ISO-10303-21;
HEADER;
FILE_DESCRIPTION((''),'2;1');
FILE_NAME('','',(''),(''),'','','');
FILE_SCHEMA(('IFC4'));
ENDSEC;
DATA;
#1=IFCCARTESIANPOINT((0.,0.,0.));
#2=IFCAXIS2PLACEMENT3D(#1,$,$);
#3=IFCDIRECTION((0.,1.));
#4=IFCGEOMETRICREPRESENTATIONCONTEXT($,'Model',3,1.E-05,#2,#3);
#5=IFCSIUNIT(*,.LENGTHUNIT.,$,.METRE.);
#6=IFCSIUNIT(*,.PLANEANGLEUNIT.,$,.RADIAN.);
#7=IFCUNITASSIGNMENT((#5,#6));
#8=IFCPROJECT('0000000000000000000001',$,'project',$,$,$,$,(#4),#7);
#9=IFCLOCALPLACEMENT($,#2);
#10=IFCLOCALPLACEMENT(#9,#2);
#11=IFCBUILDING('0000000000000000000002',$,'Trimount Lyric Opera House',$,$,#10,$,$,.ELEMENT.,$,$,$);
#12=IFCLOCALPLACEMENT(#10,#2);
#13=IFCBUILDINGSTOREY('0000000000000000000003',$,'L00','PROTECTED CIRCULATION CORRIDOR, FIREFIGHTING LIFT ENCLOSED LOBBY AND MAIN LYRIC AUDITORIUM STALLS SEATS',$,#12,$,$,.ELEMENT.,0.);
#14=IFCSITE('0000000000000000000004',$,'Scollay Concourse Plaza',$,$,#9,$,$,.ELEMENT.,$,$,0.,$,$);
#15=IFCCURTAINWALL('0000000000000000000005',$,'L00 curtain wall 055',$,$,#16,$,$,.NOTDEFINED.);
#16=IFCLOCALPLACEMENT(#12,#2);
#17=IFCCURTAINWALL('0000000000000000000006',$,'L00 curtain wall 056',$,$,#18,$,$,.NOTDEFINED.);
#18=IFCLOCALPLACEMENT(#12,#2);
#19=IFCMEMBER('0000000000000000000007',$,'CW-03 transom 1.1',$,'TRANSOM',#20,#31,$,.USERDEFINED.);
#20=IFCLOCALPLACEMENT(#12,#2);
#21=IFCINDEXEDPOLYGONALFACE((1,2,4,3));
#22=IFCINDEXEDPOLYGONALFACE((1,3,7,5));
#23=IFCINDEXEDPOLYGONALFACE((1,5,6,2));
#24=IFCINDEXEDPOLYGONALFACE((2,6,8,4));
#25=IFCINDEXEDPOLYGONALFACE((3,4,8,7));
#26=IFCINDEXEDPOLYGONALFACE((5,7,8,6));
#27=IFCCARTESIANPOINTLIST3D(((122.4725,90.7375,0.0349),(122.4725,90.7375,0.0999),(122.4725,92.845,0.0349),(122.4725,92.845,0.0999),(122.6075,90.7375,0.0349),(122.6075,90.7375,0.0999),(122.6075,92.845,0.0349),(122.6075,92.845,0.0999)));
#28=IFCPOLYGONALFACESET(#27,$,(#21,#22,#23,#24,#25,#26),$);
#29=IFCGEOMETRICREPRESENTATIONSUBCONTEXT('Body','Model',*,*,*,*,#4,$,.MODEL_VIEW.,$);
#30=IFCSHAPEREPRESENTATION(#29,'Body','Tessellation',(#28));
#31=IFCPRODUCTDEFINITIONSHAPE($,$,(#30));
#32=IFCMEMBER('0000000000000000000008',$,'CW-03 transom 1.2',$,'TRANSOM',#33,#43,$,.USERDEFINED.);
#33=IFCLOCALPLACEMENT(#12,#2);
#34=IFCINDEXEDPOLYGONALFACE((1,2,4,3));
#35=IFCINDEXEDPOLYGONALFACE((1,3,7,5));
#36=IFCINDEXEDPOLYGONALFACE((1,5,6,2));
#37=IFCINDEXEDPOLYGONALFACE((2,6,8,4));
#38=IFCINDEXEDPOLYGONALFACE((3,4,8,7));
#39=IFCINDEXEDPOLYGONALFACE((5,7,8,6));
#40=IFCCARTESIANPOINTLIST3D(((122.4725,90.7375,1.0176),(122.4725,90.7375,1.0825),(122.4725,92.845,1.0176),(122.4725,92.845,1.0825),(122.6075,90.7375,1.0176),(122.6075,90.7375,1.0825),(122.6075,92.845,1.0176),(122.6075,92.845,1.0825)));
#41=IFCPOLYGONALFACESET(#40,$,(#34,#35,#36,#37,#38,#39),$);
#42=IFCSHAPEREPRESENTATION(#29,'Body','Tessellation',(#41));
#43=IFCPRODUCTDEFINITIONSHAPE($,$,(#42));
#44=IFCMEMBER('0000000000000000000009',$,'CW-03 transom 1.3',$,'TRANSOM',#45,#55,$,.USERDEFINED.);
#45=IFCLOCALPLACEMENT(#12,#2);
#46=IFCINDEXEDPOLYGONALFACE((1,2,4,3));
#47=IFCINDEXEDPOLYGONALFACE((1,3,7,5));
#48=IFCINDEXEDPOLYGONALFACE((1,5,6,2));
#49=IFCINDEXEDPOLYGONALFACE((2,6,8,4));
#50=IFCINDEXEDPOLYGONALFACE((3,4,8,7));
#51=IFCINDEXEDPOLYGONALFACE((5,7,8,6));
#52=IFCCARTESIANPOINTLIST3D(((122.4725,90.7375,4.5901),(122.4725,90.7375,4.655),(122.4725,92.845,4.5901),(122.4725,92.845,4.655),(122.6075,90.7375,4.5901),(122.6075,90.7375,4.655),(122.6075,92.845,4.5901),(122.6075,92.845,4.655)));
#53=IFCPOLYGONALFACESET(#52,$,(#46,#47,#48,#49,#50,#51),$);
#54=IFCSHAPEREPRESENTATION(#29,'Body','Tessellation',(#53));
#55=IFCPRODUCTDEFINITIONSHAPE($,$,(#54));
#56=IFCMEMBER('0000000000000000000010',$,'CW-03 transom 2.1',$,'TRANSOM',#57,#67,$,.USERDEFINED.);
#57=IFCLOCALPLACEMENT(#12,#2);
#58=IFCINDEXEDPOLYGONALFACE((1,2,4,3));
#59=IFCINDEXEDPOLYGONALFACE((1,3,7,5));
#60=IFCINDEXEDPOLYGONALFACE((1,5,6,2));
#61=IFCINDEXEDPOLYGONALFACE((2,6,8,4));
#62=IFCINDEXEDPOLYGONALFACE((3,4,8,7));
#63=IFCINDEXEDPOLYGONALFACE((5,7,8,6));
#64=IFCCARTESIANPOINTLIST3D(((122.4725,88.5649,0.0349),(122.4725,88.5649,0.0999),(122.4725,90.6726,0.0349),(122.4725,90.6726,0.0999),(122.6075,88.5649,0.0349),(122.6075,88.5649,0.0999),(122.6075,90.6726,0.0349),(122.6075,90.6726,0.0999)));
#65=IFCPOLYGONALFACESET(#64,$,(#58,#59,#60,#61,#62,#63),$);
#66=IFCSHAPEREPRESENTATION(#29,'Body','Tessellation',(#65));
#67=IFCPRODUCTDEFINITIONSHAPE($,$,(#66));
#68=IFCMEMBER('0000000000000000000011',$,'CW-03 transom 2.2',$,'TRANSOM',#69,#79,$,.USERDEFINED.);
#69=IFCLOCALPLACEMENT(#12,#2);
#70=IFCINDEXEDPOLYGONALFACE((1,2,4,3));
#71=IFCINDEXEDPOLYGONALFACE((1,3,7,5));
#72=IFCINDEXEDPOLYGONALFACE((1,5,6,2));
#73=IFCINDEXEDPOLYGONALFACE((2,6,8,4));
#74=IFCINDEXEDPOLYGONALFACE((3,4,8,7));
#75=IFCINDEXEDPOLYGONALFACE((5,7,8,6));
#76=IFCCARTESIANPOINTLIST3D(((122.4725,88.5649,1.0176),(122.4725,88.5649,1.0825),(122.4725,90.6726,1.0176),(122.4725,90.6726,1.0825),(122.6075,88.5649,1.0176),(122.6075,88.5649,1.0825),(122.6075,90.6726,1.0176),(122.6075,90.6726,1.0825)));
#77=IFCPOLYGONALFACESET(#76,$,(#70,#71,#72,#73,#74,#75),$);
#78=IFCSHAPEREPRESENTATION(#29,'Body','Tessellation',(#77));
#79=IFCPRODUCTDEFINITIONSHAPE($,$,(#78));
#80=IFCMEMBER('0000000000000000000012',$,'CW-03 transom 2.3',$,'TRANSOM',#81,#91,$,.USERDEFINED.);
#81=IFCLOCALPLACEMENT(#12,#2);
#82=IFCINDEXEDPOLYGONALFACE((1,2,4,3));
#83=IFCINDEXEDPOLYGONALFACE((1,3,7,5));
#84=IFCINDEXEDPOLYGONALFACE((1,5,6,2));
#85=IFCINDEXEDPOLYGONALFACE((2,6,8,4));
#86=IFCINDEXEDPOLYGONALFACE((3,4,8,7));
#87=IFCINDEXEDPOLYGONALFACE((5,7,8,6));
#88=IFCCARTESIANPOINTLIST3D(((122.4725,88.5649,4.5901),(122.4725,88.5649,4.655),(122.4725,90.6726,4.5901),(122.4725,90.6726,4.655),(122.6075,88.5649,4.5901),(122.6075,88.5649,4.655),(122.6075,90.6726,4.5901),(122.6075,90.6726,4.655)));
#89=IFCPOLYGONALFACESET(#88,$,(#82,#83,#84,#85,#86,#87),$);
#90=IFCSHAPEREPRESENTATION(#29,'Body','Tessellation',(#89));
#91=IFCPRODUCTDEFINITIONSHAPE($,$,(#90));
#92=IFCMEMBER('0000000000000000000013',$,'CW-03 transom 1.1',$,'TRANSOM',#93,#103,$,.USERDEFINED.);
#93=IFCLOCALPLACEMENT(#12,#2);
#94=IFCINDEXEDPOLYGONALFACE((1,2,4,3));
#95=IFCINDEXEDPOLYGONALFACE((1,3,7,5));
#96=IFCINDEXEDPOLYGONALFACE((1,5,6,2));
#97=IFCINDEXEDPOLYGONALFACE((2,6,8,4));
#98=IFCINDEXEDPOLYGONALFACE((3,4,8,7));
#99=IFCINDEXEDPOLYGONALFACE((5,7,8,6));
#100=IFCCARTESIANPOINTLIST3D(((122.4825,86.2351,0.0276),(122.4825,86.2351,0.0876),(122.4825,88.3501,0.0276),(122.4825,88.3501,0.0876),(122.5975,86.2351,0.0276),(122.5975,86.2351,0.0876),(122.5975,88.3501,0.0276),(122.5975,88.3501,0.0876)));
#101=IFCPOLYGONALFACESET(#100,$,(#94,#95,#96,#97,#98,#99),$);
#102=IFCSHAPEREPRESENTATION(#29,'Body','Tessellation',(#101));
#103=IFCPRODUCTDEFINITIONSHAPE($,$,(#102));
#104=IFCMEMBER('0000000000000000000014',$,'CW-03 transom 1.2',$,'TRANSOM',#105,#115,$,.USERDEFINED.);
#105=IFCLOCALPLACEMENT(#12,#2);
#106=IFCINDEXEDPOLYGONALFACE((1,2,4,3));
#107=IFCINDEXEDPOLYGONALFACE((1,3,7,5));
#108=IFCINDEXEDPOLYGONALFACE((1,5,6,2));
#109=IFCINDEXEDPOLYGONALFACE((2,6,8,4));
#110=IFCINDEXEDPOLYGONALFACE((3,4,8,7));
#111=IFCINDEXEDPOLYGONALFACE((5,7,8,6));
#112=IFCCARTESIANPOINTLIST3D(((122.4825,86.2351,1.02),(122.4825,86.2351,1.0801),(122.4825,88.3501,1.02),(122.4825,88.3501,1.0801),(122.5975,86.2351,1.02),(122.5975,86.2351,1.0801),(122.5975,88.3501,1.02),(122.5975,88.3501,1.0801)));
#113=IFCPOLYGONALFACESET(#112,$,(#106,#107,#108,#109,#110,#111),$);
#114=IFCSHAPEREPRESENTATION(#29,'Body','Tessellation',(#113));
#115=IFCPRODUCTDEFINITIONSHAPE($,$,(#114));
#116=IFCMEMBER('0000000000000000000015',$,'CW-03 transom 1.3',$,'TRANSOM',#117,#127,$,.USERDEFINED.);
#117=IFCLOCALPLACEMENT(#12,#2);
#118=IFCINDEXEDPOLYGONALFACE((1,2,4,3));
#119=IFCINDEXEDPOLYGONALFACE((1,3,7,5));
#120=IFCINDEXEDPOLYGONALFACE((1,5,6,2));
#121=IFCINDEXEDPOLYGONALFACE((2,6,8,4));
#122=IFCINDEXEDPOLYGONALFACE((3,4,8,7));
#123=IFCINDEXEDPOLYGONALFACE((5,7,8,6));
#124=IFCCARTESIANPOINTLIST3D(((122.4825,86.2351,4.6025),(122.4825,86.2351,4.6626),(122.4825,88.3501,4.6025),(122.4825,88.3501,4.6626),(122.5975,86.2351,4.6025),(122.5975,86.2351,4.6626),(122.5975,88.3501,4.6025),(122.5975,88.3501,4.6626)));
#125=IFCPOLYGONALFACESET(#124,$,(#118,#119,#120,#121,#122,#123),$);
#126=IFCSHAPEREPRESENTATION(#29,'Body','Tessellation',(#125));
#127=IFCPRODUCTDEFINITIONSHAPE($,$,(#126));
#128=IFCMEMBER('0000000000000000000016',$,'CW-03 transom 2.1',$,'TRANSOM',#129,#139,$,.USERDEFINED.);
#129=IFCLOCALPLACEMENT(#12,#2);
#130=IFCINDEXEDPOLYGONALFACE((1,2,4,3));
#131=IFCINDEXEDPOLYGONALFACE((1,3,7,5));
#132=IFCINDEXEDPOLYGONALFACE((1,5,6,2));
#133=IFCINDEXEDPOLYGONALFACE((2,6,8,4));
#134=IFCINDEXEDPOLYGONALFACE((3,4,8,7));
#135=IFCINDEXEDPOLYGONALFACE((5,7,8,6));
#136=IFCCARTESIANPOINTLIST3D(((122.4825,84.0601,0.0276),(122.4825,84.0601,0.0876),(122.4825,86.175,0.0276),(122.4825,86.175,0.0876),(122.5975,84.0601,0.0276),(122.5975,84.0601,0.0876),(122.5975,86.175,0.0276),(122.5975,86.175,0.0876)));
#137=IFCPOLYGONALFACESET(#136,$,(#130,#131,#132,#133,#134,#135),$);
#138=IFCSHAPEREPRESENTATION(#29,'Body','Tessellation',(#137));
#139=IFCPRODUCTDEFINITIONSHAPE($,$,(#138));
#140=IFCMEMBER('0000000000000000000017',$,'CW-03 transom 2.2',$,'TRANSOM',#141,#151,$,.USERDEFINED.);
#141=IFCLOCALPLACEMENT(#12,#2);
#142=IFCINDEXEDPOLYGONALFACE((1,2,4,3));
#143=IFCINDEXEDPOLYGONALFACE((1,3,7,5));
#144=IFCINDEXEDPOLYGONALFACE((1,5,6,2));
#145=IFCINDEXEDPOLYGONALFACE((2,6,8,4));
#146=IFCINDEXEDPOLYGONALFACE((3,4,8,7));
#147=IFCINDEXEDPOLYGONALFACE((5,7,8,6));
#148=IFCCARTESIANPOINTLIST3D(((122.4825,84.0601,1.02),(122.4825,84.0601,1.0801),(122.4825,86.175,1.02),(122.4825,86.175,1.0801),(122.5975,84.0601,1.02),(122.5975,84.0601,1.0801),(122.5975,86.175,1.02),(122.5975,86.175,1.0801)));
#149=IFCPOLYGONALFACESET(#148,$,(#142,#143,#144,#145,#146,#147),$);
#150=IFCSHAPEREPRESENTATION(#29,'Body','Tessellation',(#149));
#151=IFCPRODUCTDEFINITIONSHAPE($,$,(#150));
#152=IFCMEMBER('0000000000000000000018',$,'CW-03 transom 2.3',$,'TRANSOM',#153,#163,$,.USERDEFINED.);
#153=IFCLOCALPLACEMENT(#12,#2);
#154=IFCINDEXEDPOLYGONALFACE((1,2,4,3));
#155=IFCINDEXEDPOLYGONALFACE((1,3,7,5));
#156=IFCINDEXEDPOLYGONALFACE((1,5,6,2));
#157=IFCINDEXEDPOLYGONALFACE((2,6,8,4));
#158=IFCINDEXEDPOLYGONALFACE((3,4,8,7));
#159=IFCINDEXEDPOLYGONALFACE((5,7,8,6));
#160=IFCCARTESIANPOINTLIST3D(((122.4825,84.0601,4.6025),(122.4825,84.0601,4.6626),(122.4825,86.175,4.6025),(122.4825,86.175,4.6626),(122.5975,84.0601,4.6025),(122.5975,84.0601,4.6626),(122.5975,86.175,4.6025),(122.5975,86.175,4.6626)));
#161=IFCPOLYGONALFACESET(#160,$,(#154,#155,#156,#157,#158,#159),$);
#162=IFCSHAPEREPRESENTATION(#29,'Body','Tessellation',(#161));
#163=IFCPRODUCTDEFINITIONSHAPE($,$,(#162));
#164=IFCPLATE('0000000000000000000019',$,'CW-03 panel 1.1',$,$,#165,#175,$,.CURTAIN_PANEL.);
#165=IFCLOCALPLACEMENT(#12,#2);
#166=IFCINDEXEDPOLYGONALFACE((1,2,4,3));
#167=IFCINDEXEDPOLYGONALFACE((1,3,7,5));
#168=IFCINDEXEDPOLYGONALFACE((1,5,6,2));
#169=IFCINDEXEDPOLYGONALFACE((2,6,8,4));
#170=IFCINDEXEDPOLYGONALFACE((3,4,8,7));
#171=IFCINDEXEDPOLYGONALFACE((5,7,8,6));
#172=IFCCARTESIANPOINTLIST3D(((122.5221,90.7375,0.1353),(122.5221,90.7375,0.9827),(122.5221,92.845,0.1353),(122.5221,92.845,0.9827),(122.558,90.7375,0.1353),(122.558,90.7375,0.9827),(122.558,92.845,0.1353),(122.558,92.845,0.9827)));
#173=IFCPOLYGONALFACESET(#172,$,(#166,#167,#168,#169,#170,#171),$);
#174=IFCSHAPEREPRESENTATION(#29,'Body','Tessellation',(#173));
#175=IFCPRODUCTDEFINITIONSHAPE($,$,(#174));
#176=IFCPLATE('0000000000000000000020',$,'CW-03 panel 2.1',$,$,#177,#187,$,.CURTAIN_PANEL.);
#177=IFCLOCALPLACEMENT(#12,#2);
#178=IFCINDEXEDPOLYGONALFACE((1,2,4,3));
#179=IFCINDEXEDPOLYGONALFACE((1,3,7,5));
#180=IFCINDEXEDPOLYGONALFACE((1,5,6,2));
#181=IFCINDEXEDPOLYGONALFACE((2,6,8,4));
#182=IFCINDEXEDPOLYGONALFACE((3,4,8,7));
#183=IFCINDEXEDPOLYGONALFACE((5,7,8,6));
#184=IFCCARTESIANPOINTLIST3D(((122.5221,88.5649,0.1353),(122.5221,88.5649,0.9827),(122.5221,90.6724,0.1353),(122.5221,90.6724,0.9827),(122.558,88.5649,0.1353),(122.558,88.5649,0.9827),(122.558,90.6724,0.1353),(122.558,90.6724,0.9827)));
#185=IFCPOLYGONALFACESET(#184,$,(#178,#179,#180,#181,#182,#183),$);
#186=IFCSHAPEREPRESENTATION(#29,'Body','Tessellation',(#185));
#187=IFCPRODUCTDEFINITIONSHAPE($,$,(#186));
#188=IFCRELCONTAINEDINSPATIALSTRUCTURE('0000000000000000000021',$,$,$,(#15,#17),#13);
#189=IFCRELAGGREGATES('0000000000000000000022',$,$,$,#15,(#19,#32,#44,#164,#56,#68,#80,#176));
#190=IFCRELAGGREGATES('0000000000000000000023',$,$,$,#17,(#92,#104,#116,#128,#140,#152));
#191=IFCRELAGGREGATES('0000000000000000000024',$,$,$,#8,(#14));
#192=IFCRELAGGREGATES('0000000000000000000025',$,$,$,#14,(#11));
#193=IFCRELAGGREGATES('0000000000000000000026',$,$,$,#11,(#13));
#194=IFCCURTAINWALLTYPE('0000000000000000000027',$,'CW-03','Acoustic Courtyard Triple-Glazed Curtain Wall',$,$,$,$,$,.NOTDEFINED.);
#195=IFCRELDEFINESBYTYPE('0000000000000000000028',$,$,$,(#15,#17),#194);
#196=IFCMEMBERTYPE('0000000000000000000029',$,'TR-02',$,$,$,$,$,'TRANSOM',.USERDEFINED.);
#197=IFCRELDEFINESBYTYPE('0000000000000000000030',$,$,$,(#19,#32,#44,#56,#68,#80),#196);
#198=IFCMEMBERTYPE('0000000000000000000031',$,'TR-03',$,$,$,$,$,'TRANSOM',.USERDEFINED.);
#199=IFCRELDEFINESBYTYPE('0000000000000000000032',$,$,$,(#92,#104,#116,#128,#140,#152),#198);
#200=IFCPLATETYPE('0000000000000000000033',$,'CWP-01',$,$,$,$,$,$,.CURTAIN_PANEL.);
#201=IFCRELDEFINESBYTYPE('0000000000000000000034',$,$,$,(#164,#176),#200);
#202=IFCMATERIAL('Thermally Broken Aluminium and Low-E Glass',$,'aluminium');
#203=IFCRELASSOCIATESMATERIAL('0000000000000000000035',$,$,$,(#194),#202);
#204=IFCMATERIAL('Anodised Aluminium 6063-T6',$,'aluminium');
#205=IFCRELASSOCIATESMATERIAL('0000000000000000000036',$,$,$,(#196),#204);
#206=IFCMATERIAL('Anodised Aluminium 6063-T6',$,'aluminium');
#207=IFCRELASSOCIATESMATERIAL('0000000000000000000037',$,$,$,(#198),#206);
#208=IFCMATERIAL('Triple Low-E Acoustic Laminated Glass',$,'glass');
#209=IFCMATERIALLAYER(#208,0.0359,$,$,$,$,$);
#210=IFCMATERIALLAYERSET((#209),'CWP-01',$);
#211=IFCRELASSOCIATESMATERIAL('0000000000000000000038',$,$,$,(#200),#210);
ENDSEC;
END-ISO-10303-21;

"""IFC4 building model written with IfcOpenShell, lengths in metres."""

from ifc_helpers import new_model, si_unit, direction, frame, origin, origin_2d, place, context, subcontext, project, spatial, rectangle, extrude, material, layer, layer_set, material_profile, profile_set, type_object, element, aggregate, save


model = new_model("IFC4")

# Units and contexts
model_context = context("Model", 3, precision=1e-05, world=origin(), true_north=direction((0.0, 1.0)))
body_context = subcontext(model_context, "Body", "Model", "MODEL_VIEW")
ifc_project = project(units=[si_unit("LENGTHUNIT", "METRE"), si_unit("PLANEANGLEUNIT", "RADIAN")], contexts=[model_context])

# Site, building, storey
site_placement = place(None, origin())
site = spatial("IfcSite", under=ifc_project, at=site_placement, Name="Scollay Concourse Plaza", CompositionType="ELEMENT", RefElevation=0.0)
building_placement = place(site_placement, origin())
building = spatial("IfcBuilding", under=site, at=building_placement, Name="Trimount Lyric Opera House", CompositionType="ELEMENT")
storey_placement = place(building_placement, origin())
storey = spatial("IfcBuildingStorey", under=building, at=storey_placement, Name="L00", Description="PROTECTED CIRCULATION CORRIDOR, FIREFIGHTING LIFT ENCLOSED LOBBY AND MAIN LYRIC AUDITORIUM STALLS SEATS", CompositionType="ELEMENT", Elevation=0.0)

# Curtain walls
ifc_material_1 = material(Name="Thermally Broken Aluminium and Low-E Glass", Category="aluminium")
curtain_wall_type = type_object("IfcCurtainWallType", Name="CW-03", Description="Acoustic Courtyard Triple-Glazed Curtain Wall", PredefinedType="NOTDEFINED", material=ifc_material_1)
curtain_wall_1_placement = place(storey_placement, origin())
curtain_wall_1 = element("IfcCurtainWall", 1, at=curtain_wall_1_placement, inside=storey, type_object=curtain_wall_type, Name="L00 curtain wall 055", PredefinedType="NOTDEFINED")
curtain_wall_2_placement = place(storey_placement, origin())
curtain_wall_2 = element("IfcCurtainWall", 2, at=curtain_wall_2_placement, inside=storey, type_object=curtain_wall_type, Name="L00 curtain wall 056", PredefinedType="NOTDEFINED")

# Members
ifc_material_2 = material(Name="Anodised Aluminium 6063-T6", Category="aluminium")
ifc_material_profile_1 = material_profile(ifc_material_2, rectangle(XDim=0.135, YDim=0.0649, at=origin_2d()), Name="ALU-TRAN-65X135")
ifc_profile_set_1 = profile_set([ifc_material_profile_1], Name="Anodised Aluminium 6063-T6")
member_type_1 = type_object("IfcMemberType", Name="TR-02", ElementType="TRANSOM", PredefinedType="USERDEFINED", material=ifc_profile_set_1)
member_1_placement = place(storey_placement, frame((122.54, 92.845, 0.0674), z_axis=(0.0, -1.0, 0.0), x_axis=(1.0, 0.0, 0.0)))
member_1 = element("IfcMember", 3, at=member_1_placement, type_object=member_type_1, Name="CW-03 transom 1.1", ObjectType="TRANSOM", PredefinedType="USERDEFINED", context=body_context, shape_type="SweptSolid", body=[
    extrude(rectangle(XDim=0.135, YDim=0.0649, at=origin_2d()), origin(), (0.0, 0.0, 1.0), 2.1074),
])
member_2_placement = place(storey_placement, frame((122.54, 92.845, 1.05), z_axis=(0.0, -1.0, 0.0), x_axis=(1.0, 0.0, 0.0)))
member_2 = element("IfcMember", 4, at=member_2_placement, type_object=member_type_1, Name="CW-03 transom 1.2", ObjectType="TRANSOM", PredefinedType="USERDEFINED", context=body_context, shape_type="SweptSolid", body=[
    extrude(rectangle(XDim=0.135, YDim=0.0649, at=origin_2d()), origin(), (0.0, 0.0, 1.0), 2.1074),
])
member_3_placement = place(storey_placement, frame((122.54, 92.845, 4.6226), z_axis=(0.0, -1.0, 0.0), x_axis=(1.0, 0.0, 0.0)))
member_3 = element("IfcMember", 5, at=member_3_placement, type_object=member_type_1, Name="CW-03 transom 1.3", ObjectType="TRANSOM", PredefinedType="USERDEFINED", context=body_context, shape_type="SweptSolid", body=[
    extrude(rectangle(XDim=0.135, YDim=0.0649, at=origin_2d()), origin(), (0.0, 0.0, 1.0), 2.1074),
])
member_4_placement = place(storey_placement, frame((122.54, 90.6726, 0.0674), z_axis=(0.0, -1.0, 0.0), x_axis=(1.0, 0.0, 0.0)))
member_4 = element("IfcMember", 6, at=member_4_placement, type_object=member_type_1, Name="CW-03 transom 2.1", ObjectType="TRANSOM", PredefinedType="USERDEFINED", context=body_context, shape_type="SweptSolid", body=[
    extrude(rectangle(XDim=0.135, YDim=0.0649, at=origin_2d()), origin(), (0.0, 0.0, 1.0), 2.1077),
])
member_5_placement = place(storey_placement, frame((122.54, 90.6726, 1.05), z_axis=(0.0, -1.0, 0.0), x_axis=(1.0, 0.0, 0.0)))
member_5 = element("IfcMember", 7, at=member_5_placement, type_object=member_type_1, Name="CW-03 transom 2.2", ObjectType="TRANSOM", PredefinedType="USERDEFINED", context=body_context, shape_type="SweptSolid", body=[
    extrude(rectangle(XDim=0.135, YDim=0.0649, at=origin_2d()), origin(), (0.0, 0.0, 1.0), 2.1077),
])
member_6_placement = place(storey_placement, frame((122.54, 90.6726, 4.6226), z_axis=(0.0, -1.0, 0.0), x_axis=(1.0, 0.0, 0.0)))
member_6 = element("IfcMember", 8, at=member_6_placement, type_object=member_type_1, Name="CW-03 transom 2.3", ObjectType="TRANSOM", PredefinedType="USERDEFINED", context=body_context, shape_type="SweptSolid", body=[
    extrude(rectangle(XDim=0.135, YDim=0.0649, at=origin_2d()), origin(), (0.0, 0.0, 1.0), 2.1077),
])
ifc_material_3 = material(Name="Anodised Aluminium 6063-T6", Category="aluminium")
ifc_material_profile_2 = material_profile(ifc_material_3, rectangle(XDim=0.115, YDim=0.0601, at=origin_2d()), Name="ALU-TRAN-60X115")
ifc_profile_set_2 = profile_set([ifc_material_profile_2], Name="Anodised Aluminium 6063-T6")
member_type_2 = type_object("IfcMemberType", Name="TR-03", ElementType="TRANSOM", PredefinedType="USERDEFINED", material=ifc_profile_set_2)
member_7_placement = place(storey_placement, frame((122.54, 88.3501, 0.0576), z_axis=(0.0, -1.0, 0.0), x_axis=(1.0, 0.0, 0.0)))
member_7 = element("IfcMember", 9, at=member_7_placement, type_object=member_type_2, Name="CW-03 transom 1.1", ObjectType="TRANSOM", PredefinedType="USERDEFINED", context=body_context, shape_type="SweptSolid", body=[
    extrude(rectangle(XDim=0.115, YDim=0.0601, at=origin_2d()), origin(), (0.0, 0.0, 1.0), 2.115),
])
member_8_placement = place(storey_placement, frame((122.54, 88.3501, 1.05), z_axis=(0.0, -1.0, 0.0), x_axis=(1.0, 0.0, 0.0)))
member_8 = element("IfcMember", 10, at=member_8_placement, type_object=member_type_2, Name="CW-03 transom 1.2", ObjectType="TRANSOM", PredefinedType="USERDEFINED", context=body_context, shape_type="SweptSolid", body=[
    extrude(rectangle(XDim=0.115, YDim=0.0601, at=origin_2d()), origin(), (0.0, 0.0, 1.0), 2.115),
])
member_9_placement = place(storey_placement, frame((122.54, 88.3501, 4.6326), z_axis=(0.0, -1.0, 0.0), x_axis=(1.0, 0.0, 0.0)))
member_9 = element("IfcMember", 11, at=member_9_placement, type_object=member_type_2, Name="CW-03 transom 1.3", ObjectType="TRANSOM", PredefinedType="USERDEFINED", context=body_context, shape_type="SweptSolid", body=[
    extrude(rectangle(XDim=0.115, YDim=0.0601, at=origin_2d()), origin(), (0.0, 0.0, 1.0), 2.115),
])
member_10_placement = place(storey_placement, frame((122.54, 86.175, 0.0576), z_axis=(0.0, -1.0, 0.0), x_axis=(1.0, 0.0, 0.0)))
member_10 = element("IfcMember", 12, at=member_10_placement, type_object=member_type_2, Name="CW-03 transom 2.1", ObjectType="TRANSOM", PredefinedType="USERDEFINED", context=body_context, shape_type="SweptSolid", body=[
    extrude(rectangle(XDim=0.115, YDim=0.0601, at=origin_2d()), origin(), (0.0, 0.0, 1.0), 2.115),
])
member_11_placement = place(storey_placement, frame((122.54, 86.175, 1.05), z_axis=(0.0, -1.0, 0.0), x_axis=(1.0, 0.0, 0.0)))
member_11 = element("IfcMember", 13, at=member_11_placement, type_object=member_type_2, Name="CW-03 transom 2.2", ObjectType="TRANSOM", PredefinedType="USERDEFINED", context=body_context, shape_type="SweptSolid", body=[
    extrude(rectangle(XDim=0.115, YDim=0.0601, at=origin_2d()), origin(), (0.0, 0.0, 1.0), 2.115),
])
member_12_placement = place(storey_placement, frame((122.54, 86.175, 4.6326), z_axis=(0.0, -1.0, 0.0), x_axis=(1.0, 0.0, 0.0)))
member_12 = element("IfcMember", 14, at=member_12_placement, type_object=member_type_2, Name="CW-03 transom 2.3", ObjectType="TRANSOM", PredefinedType="USERDEFINED", context=body_context, shape_type="SweptSolid", body=[
    extrude(rectangle(XDim=0.115, YDim=0.0601, at=origin_2d()), origin(), (0.0, 0.0, 1.0), 2.115),
])

# Plates
ifc_material_4 = material(Name="Triple Low-E Acoustic Laminated Glass", Category="glass")
ifc_layer_1 = layer(ifc_material_4, 0.0359)
ifc_layer_set_1 = layer_set([ifc_layer_1], Name="CWP-01")
plate_type_1 = type_object("IfcPlateType", Name="CWP-01", PredefinedType="CURTAIN_PANEL", material=ifc_layer_set_1)
plate_1_placement = place(storey_placement, frame((122.54, 91.7913, 0.1353), z_axis=(0.0, 0.0, 1.0), x_axis=(0.0, -1.0, 0.0)))
plate_1 = element("IfcPlate", 15, at=plate_1_placement, type_object=plate_type_1, Name="CW-03 panel 1.1", PredefinedType="CURTAIN_PANEL", context=body_context, shape_type="SweptSolid", body=[
    extrude(rectangle(XDim=2.1074, YDim=0.0359, at=origin_2d()), origin(), (0.0, 0.0, 1.0), 0.8474),
])
plate_2_placement = place(storey_placement, frame((122.54, 89.6187, 0.1353), z_axis=(0.0, 0.0, 1.0), x_axis=(0.0, -1.0, 0.0)))
plate_2 = element("IfcPlate", 16, at=plate_2_placement, type_object=plate_type_1, Name="CW-03 panel 2.1", PredefinedType="CURTAIN_PANEL", context=body_context, shape_type="SweptSolid", body=[
    extrude(rectangle(XDim=2.1074, YDim=0.0359, at=origin_2d()), origin(), (0.0, 0.0, 1.0), 0.8474),
])
aggregate(curtain_wall_1, [member_1, member_2, member_3, plate_1, member_4, member_5, member_6, plate_2])
aggregate(curtain_wall_2, [member_7, member_8, member_9, member_10, member_11, member_12])

save(model, "model.ifc")
